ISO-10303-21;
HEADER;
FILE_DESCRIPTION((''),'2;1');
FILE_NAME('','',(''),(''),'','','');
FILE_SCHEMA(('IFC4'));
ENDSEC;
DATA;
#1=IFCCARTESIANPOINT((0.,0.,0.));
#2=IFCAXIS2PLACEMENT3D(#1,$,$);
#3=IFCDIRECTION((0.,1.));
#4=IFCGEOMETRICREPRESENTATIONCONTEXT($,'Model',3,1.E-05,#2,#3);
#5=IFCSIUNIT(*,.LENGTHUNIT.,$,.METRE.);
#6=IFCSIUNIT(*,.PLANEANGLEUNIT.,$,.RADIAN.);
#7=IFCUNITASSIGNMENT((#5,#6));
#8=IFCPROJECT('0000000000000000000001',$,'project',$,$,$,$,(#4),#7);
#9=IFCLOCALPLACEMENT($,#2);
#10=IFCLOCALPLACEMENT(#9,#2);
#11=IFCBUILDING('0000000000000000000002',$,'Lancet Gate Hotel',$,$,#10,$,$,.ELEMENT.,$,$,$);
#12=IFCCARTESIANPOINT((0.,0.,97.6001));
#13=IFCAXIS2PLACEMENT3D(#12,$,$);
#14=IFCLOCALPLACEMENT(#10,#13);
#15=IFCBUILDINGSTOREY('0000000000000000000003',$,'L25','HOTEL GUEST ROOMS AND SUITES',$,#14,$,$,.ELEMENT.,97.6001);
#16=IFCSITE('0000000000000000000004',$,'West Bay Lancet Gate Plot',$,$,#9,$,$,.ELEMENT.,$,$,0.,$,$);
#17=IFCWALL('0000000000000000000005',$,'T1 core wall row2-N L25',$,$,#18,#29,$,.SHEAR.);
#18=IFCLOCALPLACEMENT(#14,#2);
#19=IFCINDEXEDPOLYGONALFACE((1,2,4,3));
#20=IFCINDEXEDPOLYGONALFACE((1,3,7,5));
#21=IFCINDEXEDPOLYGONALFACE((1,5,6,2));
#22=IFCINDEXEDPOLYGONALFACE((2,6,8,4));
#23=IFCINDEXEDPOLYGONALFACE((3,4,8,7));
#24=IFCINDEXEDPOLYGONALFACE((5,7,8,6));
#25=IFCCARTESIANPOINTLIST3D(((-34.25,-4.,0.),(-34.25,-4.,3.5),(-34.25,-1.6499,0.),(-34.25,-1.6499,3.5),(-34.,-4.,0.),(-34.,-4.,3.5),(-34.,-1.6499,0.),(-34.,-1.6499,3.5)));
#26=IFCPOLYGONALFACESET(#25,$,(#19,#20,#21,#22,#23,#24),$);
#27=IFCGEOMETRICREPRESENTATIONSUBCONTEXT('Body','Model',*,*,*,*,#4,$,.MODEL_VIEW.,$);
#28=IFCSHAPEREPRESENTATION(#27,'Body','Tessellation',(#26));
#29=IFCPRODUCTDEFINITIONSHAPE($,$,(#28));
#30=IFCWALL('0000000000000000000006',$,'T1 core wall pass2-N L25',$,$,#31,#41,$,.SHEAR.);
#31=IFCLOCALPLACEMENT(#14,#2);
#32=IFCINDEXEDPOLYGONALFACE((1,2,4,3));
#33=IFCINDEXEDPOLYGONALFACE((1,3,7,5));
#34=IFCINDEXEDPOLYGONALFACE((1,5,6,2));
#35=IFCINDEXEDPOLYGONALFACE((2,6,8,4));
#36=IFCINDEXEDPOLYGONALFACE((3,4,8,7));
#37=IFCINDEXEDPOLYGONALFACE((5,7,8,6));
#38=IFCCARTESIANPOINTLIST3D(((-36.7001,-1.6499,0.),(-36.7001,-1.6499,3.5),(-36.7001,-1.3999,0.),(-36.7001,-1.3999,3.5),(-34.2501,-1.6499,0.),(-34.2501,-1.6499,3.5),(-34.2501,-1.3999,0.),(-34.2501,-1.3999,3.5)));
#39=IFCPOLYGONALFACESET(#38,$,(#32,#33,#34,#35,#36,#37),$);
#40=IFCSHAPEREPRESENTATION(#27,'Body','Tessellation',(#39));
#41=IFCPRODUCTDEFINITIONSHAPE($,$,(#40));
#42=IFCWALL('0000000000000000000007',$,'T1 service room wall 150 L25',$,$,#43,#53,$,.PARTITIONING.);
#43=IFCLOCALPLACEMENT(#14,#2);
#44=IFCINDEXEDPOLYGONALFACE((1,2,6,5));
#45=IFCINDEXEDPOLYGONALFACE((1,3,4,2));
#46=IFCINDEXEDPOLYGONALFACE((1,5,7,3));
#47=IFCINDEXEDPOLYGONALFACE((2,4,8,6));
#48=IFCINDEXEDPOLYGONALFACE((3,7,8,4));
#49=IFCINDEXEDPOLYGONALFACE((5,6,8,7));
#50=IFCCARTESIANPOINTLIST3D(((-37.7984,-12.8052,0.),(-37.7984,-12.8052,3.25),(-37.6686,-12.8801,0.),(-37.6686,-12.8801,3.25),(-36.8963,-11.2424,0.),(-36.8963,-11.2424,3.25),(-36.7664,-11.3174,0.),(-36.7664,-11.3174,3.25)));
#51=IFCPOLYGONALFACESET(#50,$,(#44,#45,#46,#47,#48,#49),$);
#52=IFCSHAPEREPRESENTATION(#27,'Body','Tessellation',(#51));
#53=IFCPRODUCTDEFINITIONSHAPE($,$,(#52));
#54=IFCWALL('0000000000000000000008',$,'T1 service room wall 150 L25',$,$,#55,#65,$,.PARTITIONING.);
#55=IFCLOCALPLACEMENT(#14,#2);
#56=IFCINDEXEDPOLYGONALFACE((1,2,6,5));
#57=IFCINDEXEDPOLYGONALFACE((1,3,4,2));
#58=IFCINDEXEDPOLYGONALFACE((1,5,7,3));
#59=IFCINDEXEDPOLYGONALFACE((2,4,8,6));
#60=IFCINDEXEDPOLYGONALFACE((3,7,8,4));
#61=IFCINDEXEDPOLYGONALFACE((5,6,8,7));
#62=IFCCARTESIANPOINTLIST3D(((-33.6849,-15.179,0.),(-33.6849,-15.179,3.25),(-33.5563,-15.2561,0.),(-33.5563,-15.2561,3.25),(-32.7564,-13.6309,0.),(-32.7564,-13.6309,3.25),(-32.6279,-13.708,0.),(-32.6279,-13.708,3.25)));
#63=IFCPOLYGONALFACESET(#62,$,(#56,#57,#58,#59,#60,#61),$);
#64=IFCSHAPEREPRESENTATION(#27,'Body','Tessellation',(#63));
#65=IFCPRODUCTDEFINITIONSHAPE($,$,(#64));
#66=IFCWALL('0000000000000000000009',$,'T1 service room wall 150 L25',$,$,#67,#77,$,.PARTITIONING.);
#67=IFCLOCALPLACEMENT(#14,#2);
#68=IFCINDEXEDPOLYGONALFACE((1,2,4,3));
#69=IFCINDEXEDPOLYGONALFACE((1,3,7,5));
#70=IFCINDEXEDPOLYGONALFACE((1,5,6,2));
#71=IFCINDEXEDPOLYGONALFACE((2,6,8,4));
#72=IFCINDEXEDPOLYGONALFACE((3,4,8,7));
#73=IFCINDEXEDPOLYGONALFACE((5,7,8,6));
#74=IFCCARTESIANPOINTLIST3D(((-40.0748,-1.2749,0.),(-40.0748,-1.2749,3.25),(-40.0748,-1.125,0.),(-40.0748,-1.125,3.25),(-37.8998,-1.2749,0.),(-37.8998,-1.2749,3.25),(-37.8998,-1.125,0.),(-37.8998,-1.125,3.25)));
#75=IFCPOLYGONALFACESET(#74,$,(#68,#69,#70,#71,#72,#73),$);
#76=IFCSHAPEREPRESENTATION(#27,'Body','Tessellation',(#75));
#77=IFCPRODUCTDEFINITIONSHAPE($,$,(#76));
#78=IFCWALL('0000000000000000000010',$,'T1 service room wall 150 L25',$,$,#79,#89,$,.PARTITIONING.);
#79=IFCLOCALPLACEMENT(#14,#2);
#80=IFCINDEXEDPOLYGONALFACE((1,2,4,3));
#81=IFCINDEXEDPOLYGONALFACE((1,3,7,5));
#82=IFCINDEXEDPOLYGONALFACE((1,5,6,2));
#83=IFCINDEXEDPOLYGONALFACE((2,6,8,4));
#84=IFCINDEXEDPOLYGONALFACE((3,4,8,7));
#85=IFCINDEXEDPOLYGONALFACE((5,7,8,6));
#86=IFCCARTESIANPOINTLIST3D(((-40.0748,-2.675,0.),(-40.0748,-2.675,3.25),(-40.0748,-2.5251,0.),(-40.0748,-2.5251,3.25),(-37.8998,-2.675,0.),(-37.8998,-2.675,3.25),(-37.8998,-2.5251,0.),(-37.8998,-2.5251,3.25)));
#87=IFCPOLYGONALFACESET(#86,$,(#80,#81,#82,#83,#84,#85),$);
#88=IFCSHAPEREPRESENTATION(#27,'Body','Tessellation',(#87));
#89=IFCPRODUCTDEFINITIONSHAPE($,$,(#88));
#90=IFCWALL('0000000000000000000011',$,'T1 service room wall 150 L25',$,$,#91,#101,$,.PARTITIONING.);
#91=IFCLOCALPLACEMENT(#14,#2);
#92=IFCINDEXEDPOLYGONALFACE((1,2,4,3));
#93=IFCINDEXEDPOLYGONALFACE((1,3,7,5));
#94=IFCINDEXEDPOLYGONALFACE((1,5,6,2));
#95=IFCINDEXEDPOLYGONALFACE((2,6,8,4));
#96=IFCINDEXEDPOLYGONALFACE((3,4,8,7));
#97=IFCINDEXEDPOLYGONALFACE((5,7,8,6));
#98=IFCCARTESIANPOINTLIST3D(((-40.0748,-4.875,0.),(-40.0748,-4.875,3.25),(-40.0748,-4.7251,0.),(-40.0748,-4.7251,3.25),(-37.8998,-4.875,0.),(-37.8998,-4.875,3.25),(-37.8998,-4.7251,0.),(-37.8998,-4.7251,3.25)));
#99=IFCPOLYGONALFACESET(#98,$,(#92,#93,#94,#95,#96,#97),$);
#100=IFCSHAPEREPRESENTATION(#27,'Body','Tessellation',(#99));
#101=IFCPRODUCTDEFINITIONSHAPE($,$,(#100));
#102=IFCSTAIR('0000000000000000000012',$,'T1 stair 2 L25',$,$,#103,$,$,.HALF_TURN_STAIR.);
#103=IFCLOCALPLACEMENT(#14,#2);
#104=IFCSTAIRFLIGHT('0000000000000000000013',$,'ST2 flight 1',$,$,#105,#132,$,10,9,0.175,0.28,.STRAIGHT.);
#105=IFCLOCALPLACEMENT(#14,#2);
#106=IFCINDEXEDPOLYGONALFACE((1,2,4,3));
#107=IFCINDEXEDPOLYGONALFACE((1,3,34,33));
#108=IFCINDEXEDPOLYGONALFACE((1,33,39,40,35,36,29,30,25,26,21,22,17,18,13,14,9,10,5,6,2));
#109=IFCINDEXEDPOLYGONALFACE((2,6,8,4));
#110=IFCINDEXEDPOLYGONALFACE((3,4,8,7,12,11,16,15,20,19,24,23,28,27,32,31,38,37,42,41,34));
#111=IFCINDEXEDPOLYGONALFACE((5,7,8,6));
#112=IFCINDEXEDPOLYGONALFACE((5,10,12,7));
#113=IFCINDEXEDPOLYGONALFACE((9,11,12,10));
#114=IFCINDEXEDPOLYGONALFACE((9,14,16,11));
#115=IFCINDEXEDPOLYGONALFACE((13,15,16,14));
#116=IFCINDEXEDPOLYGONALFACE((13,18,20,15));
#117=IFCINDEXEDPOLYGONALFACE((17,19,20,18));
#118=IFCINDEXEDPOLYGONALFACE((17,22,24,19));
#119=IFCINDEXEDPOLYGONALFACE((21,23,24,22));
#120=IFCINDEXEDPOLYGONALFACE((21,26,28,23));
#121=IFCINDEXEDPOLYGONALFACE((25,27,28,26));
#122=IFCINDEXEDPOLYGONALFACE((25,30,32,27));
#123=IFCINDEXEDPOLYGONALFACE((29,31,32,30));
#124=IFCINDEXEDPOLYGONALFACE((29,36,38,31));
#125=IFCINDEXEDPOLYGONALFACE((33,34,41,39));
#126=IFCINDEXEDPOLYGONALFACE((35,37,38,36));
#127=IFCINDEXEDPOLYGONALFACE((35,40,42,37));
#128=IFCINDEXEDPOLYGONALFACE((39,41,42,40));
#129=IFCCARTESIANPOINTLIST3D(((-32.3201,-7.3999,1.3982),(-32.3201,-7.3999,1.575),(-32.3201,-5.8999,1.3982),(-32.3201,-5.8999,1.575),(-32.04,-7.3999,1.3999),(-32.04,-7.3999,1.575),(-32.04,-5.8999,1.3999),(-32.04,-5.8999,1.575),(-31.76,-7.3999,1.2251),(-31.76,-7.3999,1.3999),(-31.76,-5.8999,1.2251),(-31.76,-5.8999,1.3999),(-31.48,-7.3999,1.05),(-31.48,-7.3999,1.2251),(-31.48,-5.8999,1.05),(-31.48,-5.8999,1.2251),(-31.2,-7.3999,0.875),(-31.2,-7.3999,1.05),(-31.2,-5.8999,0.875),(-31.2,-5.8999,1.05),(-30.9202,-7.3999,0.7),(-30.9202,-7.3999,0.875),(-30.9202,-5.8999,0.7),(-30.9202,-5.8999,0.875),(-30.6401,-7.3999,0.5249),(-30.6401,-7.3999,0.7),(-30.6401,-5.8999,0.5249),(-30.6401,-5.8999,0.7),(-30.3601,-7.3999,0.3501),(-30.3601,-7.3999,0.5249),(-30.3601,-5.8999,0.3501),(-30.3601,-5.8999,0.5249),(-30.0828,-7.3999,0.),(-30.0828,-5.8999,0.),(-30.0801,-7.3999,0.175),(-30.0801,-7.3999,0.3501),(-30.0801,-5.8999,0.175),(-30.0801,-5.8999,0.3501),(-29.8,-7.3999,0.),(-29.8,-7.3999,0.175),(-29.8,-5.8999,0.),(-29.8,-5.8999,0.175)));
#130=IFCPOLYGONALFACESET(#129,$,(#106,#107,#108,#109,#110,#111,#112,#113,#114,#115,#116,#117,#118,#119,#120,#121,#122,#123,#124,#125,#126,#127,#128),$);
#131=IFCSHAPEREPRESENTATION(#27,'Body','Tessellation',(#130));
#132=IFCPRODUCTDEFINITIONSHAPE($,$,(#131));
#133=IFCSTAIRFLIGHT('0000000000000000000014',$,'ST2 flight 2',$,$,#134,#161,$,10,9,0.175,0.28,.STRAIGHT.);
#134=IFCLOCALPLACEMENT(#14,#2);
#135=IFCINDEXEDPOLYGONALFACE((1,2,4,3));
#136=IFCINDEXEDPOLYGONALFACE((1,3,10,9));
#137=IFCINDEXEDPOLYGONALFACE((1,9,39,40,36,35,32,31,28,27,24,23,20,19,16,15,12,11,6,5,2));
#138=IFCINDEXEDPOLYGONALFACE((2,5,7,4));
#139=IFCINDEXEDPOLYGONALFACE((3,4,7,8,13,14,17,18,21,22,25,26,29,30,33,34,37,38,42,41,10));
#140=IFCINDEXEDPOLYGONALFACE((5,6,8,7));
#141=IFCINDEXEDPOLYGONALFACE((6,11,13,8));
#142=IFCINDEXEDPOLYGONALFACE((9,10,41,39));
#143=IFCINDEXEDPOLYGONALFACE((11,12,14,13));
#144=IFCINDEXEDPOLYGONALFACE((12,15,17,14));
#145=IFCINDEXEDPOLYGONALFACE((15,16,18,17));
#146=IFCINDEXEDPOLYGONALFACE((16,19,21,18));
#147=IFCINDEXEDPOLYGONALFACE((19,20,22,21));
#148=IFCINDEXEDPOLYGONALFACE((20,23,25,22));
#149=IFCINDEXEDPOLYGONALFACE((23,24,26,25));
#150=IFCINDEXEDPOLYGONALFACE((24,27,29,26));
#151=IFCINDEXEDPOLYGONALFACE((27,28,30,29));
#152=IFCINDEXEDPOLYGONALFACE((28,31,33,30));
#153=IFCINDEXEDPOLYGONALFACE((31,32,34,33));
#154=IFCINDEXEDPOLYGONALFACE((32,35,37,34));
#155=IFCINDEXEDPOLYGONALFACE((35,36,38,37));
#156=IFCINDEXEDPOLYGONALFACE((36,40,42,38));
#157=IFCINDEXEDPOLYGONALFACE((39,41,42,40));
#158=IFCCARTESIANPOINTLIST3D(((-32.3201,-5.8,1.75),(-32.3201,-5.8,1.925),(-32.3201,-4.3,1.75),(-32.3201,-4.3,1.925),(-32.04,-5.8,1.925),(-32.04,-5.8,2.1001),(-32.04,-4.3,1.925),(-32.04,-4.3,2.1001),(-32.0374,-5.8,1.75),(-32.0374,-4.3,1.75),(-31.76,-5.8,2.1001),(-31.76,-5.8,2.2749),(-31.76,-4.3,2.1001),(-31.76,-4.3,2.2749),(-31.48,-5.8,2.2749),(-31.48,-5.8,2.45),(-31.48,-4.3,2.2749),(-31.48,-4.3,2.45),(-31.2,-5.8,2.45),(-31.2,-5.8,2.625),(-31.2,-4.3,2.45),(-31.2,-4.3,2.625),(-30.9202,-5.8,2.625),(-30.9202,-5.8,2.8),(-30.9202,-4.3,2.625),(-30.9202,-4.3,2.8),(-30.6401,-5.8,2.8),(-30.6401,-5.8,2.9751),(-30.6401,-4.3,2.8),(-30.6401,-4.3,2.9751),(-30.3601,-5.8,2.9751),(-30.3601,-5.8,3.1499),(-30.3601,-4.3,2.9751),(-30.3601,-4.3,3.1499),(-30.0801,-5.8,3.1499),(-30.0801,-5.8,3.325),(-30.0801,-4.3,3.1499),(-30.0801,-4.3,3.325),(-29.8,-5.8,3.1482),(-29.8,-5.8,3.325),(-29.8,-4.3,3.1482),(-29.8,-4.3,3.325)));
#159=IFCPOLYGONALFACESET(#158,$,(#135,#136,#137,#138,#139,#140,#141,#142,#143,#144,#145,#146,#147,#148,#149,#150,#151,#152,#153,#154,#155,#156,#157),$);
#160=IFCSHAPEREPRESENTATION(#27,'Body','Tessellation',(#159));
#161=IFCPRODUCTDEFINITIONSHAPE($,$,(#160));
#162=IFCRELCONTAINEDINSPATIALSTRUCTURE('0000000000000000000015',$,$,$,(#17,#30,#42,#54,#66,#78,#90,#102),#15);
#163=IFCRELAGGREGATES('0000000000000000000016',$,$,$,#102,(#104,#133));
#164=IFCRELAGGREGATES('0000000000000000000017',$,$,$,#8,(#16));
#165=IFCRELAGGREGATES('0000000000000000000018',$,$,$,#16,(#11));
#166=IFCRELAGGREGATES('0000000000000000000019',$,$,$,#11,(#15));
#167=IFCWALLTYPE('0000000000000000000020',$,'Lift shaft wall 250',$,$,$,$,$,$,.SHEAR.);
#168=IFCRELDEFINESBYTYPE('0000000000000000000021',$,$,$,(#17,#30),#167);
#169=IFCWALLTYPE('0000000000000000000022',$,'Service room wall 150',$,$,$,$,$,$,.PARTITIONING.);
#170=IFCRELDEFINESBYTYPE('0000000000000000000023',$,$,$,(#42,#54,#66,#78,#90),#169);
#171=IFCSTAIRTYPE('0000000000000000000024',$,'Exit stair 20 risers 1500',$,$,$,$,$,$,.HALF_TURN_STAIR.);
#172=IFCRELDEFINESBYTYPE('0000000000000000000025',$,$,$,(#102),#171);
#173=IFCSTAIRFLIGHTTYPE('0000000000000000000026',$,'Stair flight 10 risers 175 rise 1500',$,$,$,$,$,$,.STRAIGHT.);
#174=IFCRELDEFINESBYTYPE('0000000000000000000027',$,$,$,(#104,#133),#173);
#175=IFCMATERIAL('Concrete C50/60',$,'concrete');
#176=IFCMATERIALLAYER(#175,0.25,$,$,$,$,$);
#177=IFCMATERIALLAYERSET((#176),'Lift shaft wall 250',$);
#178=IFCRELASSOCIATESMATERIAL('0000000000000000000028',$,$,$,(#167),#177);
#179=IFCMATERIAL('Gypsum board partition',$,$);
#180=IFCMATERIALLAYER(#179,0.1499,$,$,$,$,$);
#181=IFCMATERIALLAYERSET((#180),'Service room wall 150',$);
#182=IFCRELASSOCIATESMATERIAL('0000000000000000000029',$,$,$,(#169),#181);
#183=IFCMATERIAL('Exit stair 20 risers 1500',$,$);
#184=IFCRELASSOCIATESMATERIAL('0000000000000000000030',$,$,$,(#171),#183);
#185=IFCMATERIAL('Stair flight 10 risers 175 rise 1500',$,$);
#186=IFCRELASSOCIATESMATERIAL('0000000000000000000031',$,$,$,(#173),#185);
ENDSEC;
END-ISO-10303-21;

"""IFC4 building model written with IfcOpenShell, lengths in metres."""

from ifc_helpers import new_model, si_unit, direction, frame, frame_2d, origin, place, context, subcontext, project, spatial, polyline, rectangle, outline, extrude, material, layer, layer_set, type_object, element, aggregate, save


model = new_model("IFC4")

# Units and contexts
model_context = context("Model", 3, precision=1e-05, world=origin(), true_north=direction((0.0, 1.0)))
body_context = subcontext(model_context, "Body", "Model", "MODEL_VIEW")
ifc_project = project(units=[si_unit("LENGTHUNIT", "METRE"), si_unit("PLANEANGLEUNIT", "RADIAN")], contexts=[model_context])

# Site, building, storey
site_placement = place(None, origin())
site = spatial("IfcSite", under=ifc_project, at=site_placement, Name="West Bay Lancet Gate Plot", CompositionType="ELEMENT", RefElevation=0.0)
building_placement = place(site_placement, origin())
building = spatial("IfcBuilding", under=site, at=building_placement, Name="Lancet Gate Hotel", CompositionType="ELEMENT")
storey_placement = place(building_placement, frame((0.0, 0.0, 97.6001)))
storey = spatial("IfcBuildingStorey", under=building, at=storey_placement, Name="L25", Description="HOTEL GUEST ROOMS AND SUITES", CompositionType="ELEMENT", Elevation=97.6001)

# Shared definitions
ifc_material_1 = material(Name="Concrete C50/60", Category="concrete")
ifc_layer_1 = layer(ifc_material_1, 0.25)
ifc_layer_set_1 = layer_set([ifc_layer_1], Name="Lift shaft wall 250")
wall_type_1 = type_object("IfcWallType", Name="Lift shaft wall 250", PredefinedType="SHEAR", material=ifc_layer_set_1)

# Walls
wall_1_placement = place(storey_placement, frame((-34.125, -1.6499, 0.0), z_axis=(0.0, 0.0, 1.0), x_axis=(0.0, -1.0, 0.0)))
element("IfcWall", 1, at=wall_1_placement, inside=storey, type_object=wall_type_1, Name="T1 core wall row2-N L25", PredefinedType="SHEAR", context=body_context, shape_type="SweptSolid", body=[
    extrude(rectangle(XDim=2.3501, YDim=0.25, at=frame_2d((1.175, 0.0))), origin(), (0.0, 0.0, 1.0), 3.5),
])
wall_2_placement = place(storey_placement, frame((-34.25, -1.5249, 0.0), z_axis=(0.0, 0.0, 1.0), x_axis=(-1.0, 0.0, 0.0)))
element("IfcWall", 2, at=wall_2_placement, inside=storey, type_object=wall_type_1, Name="T1 core wall pass2-N L25", PredefinedType="SHEAR", context=body_context, shape_type="SweptSolid", body=[
    extrude(rectangle(XDim=2.45, YDim=0.25, at=frame_2d((1.2251, 0.0))), origin(), (0.0, 0.0, 1.0), 3.5),
])
ifc_material_2 = material(Name="Gypsum board partition")
ifc_layer_2 = layer(ifc_material_2, 0.1499)
ifc_layer_set_2 = layer_set([ifc_layer_2], Name="Service room wall 150")
wall_type_2 = type_object("IfcWallType", Name="Service room wall 150", PredefinedType="PARTITIONING", material=ifc_layer_set_2)
wall_3_placement = place(storey_placement, frame((-36.8313, -11.2798, 0.0), z_axis=(0.0, 0.0, 1.0), x_axis=(-0.499937, -0.866062, 0.0)))
element("IfcWall", 3, at=wall_3_placement, inside=storey, type_object=wall_type_2, Name="T1 service room wall 150 L25", PredefinedType="PARTITIONING", context=body_context, shape_type="SweptSolid", body=[
    extrude(rectangle(XDim=1.8044, YDim=0.1499, at=frame_2d((0.9023, 0.0))), origin(), (0.0, 0.0, 1.0), 3.25),
])
wall_4_placement = place(storey_placement, frame((-33.6206, -15.2175, 0.0), z_axis=(0.0, 0.0, 1.0), x_axis=(0.514337, 0.857588, 0.0)))
element("IfcWall", 4, at=wall_4_placement, inside=storey, type_object=wall_type_2, Name="T1 service room wall 150 L25", PredefinedType="PARTITIONING", context=body_context, shape_type="SweptSolid", body=[
    extrude(rectangle(XDim=1.8052, YDim=0.1499, at=frame_2d((0.9026, 0.0))), origin(), (0.0, 0.0, 1.0), 3.25),
])
for number, where, z_axis, x_axis, name in (
    (5, (-37.8999, -1.2, 0.0), (0.0, 0.0, 1.0), (-1.0, 0.0, 0.0), "T1 service room wall 150 L25"),
    (6, (-37.8999, -2.6001, 0.0), (0.0, 0.0, 1.0), (-1.0, 0.0, 0.0), "T1 service room wall 150 L25"),
    (7, (-37.8999, -4.8, 0.0), (0.0, 0.0, 1.0), (-1.0, 0.0, 0.0), "T1 service room wall 150 L25"),
):
    element("IfcWall", number, at=place(storey_placement, frame(where, z_axis=z_axis, x_axis=x_axis)), inside=storey, type_object=wall_type_2, Name=name, PredefinedType="PARTITIONING", context=body_context, shape_type="SweptSolid", body=[
        extrude(rectangle(XDim=2.175, YDim=0.1499, at=frame_2d((1.0874, 0.0))), origin(), (0.0, 0.0, 1.0), 3.25),
    ])

# Stair, stair flights
ifc_material_3 = material(Name="Exit stair 20 risers 1500")
stair_type = type_object("IfcStairType", Name="Exit stair 20 risers 1500", PredefinedType="HALF_TURN_STAIR", material=ifc_material_3)
stair_placement = place(storey_placement, origin())
stair = element("IfcStair", 8, at=stair_placement, inside=storey, type_object=stair_type, Name="T1 stair 2 L25", PredefinedType="HALF_TURN_STAIR")
ifc_material_4 = material(Name="Stair flight 10 risers 175 rise 1500")
stair_flight_type = type_object("IfcStairFlightType", Name="Stair flight 10 risers 175 rise 1500", PredefinedType="STRAIGHT", material=ifc_material_4)
stair_flight_1_placement = place(storey_placement, frame((-29.8, -6.6499, 0.0), z_axis=(0.0, 0.0, 1.0), x_axis=(-1.0, 0.0, 0.0)))
stair_flight_1 = element("IfcStairFlight", 9, at=stair_flight_1_placement, type_object=stair_flight_type, Name="ST2 flight 1", NumberOfRisers=10, NumberOfTreads=9, PredefinedType="STRAIGHT", RiserHeight=0.175, TreadLength=0.28, context=body_context, shape_type="SweptSolid", body=[
    extrude(outline(polyline([(0.0, 0.0), (0.0, 0.175), (0.28, 0.175), (0.28, 0.3501), (0.5601, 0.3501), (0.5601, 0.5249), (0.8401, 0.5249), (0.8401, 0.7), (1.1201, 0.7), (1.1201, 0.875), (1.3999, 0.875), (1.3999, 1.05), (1.6799, 1.05), (1.6799, 1.2251), (1.96, 1.2251), (1.96, 1.3999), (2.24, 1.3999), (2.24, 1.575), (2.52, 1.575), (2.52, 1.75), (2.52, 1.3982), (0.2827, 0.0), (0.0, 0.0)])), frame((0.0, 0.75, 0.0), z_axis=(0.0, -1.0, 0.0), x_axis=(1.0, 0.0, 0.0)), (0.0, 0.0, 1.0), 1.5),
])
stair_flight_2_placement = place(storey_placement, frame((-32.3201, -5.05, 1.75), z_axis=(0.0, 0.0, 1.0), x_axis=(1.0, 0.0, 0.0)))
stair_flight_2 = element("IfcStairFlight", 10, at=stair_flight_2_placement, type_object=stair_flight_type, Name="ST2 flight 2", NumberOfRisers=10, NumberOfTreads=9, PredefinedType="STRAIGHT", RiserHeight=0.175, TreadLength=0.28, context=body_context, shape_type="SweptSolid", body=[
    extrude(outline(polyline([(0.0, 0.0), (0.0, 0.175), (0.28, 0.175), (0.28, 0.3501), (0.5601, 0.3501), (0.5601, 0.5249), (0.8401, 0.5249), (0.8401, 0.7), (1.1201, 0.7), (1.1201, 0.875), (1.3999, 0.875), (1.3999, 1.05), (1.6799, 1.05), (1.6799, 1.2251), (1.96, 1.2251), (1.96, 1.3999), (2.24, 1.3999), (2.24, 1.575), (2.52, 1.575), (2.52, 1.75), (2.52, 1.3982), (0.2827, 0.0), (0.0, 0.0)])), frame((0.0, 0.75, 0.0), z_axis=(0.0, -1.0, 0.0), x_axis=(1.0, 0.0, 0.0)), (0.0, 0.0, 1.0), 1.5),
])
aggregate(stair, [stair_flight_1, stair_flight_2])

save(model, "model.ifc")
